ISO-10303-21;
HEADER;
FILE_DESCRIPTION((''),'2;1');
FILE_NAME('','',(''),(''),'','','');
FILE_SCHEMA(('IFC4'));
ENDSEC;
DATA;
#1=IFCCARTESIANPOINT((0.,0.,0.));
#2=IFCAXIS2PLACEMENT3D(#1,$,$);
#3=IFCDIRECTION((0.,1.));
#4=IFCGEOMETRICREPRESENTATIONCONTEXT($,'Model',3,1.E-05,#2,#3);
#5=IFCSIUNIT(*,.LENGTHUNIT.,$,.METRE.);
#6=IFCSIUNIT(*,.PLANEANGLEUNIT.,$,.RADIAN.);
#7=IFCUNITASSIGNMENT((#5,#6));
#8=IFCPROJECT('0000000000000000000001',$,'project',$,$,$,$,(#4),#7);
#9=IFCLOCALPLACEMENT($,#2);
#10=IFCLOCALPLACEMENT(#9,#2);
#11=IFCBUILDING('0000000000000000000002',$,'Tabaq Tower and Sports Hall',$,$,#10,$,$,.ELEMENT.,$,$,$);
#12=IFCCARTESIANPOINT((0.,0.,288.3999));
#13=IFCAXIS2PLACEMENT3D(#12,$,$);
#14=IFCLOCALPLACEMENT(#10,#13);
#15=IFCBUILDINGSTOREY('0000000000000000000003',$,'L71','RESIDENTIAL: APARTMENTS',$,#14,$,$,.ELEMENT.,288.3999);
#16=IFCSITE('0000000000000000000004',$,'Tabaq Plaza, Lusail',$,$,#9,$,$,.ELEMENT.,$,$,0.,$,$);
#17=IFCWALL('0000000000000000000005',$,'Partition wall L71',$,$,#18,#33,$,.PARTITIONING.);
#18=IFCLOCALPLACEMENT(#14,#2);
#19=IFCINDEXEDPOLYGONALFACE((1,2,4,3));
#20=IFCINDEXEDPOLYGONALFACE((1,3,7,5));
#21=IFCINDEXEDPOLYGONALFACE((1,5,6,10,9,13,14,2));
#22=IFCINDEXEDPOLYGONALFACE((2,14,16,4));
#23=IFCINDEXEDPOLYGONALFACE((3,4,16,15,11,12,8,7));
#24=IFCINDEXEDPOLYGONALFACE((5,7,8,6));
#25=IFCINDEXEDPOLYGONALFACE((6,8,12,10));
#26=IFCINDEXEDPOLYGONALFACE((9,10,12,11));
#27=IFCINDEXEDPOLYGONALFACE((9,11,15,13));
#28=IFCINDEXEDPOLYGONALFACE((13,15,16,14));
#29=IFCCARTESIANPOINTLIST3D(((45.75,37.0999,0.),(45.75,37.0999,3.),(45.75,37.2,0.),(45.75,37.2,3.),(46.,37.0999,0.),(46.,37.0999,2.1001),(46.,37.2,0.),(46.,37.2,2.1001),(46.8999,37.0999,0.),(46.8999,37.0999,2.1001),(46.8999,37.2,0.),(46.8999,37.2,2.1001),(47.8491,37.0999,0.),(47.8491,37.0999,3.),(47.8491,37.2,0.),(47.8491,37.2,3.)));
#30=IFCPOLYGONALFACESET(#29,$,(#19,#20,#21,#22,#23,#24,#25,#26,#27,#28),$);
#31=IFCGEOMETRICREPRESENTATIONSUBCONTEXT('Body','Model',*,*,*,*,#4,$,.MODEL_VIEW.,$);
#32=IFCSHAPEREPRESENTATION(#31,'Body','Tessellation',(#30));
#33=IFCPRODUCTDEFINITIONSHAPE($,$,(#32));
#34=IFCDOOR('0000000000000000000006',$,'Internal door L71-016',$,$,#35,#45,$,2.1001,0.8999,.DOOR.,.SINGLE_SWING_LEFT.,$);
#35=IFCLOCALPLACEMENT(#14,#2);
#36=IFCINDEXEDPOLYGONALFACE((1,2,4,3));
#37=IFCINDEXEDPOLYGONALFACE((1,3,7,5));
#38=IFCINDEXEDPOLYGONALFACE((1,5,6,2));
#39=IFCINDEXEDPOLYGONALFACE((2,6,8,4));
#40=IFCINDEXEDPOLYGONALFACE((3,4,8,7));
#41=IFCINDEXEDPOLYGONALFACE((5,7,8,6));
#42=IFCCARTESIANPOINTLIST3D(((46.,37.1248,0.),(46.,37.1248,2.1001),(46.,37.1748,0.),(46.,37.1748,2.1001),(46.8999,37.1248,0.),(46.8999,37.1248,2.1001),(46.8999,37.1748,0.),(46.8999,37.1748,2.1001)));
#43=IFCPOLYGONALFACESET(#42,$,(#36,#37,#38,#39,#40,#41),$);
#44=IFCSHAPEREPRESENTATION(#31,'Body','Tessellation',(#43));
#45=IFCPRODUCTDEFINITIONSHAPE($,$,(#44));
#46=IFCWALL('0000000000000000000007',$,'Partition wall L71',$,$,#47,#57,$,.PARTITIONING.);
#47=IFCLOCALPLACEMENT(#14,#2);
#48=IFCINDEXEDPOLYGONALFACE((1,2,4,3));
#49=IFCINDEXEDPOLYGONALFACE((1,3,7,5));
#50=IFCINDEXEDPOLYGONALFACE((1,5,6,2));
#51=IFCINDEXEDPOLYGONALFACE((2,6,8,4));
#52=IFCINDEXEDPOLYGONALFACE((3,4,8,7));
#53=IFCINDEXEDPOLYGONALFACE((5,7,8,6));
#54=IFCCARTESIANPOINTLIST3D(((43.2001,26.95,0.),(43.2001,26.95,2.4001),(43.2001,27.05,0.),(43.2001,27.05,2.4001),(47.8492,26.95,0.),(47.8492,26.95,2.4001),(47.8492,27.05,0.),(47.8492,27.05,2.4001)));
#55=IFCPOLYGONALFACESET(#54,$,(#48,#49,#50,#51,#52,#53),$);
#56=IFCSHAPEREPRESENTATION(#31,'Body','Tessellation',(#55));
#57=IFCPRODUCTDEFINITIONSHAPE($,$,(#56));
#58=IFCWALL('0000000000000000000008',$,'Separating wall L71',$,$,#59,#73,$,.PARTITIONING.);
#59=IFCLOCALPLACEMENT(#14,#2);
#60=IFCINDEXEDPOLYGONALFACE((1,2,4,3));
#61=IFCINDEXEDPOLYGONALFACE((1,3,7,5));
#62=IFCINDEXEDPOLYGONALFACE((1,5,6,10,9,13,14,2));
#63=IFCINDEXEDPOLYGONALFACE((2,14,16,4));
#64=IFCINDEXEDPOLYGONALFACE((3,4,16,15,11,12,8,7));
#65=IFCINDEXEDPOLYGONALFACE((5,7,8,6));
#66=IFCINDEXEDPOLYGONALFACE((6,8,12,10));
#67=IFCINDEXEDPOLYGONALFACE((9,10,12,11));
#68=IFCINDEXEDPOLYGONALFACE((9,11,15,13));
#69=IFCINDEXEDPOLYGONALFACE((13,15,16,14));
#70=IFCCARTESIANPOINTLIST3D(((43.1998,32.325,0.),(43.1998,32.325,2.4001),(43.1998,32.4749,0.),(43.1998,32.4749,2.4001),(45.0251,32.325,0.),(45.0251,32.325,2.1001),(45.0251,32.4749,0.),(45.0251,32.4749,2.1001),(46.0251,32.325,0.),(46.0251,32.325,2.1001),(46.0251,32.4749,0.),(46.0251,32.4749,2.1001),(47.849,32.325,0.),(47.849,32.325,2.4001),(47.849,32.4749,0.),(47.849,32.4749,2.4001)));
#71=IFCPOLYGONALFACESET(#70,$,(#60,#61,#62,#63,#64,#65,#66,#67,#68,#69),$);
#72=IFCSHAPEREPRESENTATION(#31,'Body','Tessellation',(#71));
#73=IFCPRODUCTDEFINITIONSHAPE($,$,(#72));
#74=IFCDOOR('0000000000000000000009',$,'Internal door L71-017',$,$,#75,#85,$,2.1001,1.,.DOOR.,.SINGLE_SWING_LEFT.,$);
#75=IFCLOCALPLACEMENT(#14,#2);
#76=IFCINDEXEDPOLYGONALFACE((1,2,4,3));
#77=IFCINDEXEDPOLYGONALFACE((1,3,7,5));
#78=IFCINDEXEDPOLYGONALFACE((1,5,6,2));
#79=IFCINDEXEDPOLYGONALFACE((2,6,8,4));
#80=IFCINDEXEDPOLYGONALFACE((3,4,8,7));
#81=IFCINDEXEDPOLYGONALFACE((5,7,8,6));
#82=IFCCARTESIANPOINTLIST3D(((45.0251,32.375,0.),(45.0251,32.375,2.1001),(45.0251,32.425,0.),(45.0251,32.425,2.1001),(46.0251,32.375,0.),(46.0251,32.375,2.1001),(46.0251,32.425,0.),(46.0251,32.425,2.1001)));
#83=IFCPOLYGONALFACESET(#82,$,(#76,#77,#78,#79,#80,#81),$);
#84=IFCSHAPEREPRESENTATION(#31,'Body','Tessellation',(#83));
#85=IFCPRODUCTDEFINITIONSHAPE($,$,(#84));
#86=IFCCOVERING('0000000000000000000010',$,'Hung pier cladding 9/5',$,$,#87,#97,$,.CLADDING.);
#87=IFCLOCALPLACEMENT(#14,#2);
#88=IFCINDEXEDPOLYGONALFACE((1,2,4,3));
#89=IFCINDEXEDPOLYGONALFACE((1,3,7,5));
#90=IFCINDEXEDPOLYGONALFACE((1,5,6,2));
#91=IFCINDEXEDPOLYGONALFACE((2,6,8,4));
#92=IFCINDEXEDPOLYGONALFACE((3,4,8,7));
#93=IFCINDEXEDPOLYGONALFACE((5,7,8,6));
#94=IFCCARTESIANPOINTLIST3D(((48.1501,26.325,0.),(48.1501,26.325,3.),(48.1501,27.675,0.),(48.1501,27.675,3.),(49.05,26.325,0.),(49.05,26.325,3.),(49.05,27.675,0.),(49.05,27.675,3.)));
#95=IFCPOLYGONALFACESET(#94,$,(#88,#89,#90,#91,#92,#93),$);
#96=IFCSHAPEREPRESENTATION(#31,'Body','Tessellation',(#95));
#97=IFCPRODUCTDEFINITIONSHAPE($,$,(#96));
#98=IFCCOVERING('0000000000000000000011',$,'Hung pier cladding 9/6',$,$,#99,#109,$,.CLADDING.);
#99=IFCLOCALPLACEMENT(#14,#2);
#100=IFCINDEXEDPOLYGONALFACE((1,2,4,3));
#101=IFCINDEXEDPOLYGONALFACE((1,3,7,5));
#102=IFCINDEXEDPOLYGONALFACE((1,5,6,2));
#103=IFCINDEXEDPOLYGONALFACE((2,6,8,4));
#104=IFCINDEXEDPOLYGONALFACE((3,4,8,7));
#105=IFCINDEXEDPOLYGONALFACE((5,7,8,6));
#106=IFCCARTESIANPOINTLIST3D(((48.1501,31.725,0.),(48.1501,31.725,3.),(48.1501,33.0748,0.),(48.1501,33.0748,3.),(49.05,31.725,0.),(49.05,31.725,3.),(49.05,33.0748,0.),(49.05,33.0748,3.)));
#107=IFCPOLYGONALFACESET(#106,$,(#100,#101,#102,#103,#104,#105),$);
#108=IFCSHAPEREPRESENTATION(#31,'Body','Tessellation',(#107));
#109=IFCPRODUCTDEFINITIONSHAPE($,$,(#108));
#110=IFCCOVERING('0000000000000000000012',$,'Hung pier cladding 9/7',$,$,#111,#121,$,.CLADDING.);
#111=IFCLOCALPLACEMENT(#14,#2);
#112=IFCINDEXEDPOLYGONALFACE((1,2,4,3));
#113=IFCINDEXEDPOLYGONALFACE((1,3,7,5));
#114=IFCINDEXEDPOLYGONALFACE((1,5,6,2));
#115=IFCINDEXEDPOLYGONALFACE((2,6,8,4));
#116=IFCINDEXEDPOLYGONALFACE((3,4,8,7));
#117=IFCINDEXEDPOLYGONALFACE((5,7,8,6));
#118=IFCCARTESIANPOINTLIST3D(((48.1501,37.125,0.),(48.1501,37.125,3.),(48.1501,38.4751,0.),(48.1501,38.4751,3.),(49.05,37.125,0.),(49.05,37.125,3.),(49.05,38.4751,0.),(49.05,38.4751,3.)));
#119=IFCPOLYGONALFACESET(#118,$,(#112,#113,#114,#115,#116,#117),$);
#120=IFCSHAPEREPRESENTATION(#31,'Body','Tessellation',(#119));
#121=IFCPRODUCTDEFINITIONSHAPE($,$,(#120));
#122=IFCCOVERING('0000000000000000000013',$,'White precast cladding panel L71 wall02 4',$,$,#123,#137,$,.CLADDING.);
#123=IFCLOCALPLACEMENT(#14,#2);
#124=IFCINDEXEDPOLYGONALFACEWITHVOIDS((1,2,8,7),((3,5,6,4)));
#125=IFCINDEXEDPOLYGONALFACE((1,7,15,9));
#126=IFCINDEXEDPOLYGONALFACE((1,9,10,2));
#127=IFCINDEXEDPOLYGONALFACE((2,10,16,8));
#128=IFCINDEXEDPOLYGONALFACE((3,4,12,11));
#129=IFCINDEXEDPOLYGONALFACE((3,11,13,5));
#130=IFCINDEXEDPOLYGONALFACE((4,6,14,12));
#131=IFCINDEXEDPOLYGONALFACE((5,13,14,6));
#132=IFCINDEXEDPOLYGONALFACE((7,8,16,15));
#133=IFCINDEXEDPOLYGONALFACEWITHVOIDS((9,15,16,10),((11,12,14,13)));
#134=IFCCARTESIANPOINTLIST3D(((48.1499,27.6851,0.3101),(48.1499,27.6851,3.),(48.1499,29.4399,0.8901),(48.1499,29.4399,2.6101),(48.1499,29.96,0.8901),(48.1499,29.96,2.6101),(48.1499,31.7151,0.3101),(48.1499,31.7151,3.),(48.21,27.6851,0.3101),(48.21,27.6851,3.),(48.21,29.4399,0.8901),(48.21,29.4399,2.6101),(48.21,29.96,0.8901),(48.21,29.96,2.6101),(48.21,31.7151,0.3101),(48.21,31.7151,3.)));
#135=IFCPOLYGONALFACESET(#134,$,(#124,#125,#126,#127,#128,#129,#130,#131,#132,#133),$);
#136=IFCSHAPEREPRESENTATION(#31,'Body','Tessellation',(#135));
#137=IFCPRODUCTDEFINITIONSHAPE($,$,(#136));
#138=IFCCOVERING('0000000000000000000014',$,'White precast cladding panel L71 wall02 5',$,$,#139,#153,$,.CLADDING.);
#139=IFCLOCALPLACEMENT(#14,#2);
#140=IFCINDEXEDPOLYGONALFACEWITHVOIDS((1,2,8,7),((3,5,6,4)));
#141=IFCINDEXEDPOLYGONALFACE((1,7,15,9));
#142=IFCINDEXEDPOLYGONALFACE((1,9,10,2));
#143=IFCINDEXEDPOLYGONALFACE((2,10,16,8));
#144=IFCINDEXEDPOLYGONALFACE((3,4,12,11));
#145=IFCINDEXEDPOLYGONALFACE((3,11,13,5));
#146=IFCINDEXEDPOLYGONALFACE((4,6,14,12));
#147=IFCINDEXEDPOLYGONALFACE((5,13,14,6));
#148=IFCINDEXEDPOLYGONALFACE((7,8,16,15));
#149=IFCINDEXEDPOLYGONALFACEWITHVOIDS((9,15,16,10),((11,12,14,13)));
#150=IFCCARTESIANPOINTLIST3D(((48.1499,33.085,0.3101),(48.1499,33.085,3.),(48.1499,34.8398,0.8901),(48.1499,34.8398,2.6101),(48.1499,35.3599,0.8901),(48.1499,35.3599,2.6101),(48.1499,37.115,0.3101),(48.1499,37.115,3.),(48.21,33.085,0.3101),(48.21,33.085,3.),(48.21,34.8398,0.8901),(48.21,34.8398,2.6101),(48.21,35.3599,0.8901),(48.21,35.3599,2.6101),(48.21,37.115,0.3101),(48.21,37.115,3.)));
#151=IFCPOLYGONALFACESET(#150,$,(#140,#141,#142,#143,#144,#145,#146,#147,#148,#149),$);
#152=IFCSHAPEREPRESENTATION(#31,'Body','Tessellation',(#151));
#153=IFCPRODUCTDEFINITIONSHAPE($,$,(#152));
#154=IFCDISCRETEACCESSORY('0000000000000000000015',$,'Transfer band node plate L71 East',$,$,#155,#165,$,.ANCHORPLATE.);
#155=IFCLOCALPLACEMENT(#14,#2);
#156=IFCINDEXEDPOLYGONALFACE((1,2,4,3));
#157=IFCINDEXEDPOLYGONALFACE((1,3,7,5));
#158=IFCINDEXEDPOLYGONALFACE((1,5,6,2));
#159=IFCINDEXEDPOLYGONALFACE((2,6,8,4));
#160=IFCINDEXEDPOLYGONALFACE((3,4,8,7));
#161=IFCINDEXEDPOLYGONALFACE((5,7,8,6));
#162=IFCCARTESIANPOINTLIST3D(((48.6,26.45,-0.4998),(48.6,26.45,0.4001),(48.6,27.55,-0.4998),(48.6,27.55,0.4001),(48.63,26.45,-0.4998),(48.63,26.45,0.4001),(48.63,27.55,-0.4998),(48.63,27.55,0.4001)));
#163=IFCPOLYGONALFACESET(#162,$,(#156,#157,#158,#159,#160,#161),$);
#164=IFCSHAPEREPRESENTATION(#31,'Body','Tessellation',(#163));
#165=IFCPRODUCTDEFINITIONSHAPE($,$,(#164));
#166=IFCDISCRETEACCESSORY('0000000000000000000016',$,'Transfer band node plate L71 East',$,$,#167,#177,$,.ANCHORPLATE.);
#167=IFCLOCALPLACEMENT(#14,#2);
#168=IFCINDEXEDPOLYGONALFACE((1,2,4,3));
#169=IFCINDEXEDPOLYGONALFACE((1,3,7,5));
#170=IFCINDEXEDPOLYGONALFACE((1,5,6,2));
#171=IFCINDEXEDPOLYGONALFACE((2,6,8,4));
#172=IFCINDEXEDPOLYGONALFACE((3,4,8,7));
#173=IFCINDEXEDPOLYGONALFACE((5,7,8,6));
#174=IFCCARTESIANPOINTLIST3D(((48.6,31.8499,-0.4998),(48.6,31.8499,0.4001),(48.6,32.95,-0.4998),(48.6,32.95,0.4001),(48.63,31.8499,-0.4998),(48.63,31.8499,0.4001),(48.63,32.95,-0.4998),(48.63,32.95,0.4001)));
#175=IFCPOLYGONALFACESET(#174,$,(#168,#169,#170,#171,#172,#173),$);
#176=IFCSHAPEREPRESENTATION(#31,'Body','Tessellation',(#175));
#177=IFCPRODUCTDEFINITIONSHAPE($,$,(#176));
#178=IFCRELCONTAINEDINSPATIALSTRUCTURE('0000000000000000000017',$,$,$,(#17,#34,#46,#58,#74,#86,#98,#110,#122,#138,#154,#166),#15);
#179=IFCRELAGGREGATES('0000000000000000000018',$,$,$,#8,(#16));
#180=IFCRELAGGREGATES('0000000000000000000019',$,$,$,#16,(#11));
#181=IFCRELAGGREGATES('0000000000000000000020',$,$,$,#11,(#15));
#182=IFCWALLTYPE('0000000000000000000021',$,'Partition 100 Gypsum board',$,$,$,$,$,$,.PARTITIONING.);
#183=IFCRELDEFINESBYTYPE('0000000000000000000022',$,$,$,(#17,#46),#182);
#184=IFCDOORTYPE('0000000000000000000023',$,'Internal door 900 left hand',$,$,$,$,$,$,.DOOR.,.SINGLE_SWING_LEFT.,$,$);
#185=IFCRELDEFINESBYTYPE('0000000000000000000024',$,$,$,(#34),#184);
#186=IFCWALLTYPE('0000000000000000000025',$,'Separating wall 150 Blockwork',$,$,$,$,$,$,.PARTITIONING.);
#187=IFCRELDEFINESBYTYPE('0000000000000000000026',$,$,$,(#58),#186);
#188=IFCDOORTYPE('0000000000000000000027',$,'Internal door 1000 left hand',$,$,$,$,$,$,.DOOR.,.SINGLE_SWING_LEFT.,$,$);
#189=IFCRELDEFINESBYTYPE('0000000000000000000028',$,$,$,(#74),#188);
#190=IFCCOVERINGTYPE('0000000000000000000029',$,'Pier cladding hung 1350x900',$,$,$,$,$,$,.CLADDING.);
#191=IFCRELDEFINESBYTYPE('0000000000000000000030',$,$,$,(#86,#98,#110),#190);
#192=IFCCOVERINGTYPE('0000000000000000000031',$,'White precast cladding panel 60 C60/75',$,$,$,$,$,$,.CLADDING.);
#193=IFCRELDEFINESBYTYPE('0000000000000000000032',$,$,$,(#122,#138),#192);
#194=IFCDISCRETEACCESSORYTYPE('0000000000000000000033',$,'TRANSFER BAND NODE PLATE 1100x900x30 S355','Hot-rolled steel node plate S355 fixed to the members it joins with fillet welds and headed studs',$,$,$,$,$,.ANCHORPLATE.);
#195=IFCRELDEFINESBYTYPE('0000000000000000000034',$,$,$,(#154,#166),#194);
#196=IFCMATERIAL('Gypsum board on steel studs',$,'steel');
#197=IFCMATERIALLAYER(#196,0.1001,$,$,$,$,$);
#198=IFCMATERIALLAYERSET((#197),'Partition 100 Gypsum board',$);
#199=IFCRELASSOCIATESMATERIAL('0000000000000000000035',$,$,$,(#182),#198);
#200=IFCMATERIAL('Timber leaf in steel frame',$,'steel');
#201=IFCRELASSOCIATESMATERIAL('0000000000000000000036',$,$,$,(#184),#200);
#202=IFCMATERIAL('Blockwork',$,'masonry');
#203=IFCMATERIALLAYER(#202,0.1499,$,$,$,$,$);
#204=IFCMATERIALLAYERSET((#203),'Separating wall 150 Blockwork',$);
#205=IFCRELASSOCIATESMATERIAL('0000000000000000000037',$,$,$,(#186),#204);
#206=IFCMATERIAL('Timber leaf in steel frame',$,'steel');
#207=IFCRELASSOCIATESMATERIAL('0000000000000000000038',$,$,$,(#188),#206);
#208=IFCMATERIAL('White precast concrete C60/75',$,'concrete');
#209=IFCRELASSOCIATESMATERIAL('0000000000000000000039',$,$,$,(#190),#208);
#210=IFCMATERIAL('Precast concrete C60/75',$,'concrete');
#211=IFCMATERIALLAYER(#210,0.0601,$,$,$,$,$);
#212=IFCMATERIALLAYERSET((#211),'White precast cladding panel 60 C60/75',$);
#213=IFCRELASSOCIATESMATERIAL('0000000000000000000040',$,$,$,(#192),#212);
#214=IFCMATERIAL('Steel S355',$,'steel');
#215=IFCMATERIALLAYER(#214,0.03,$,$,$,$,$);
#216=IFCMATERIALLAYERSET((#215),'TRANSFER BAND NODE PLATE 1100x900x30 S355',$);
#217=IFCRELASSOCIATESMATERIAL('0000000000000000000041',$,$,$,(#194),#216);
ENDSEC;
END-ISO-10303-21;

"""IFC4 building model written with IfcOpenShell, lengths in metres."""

from ifc_helpers import new_model, si_unit, direction, frame, frame_2d, origin, origin_2d, place, context, subcontext, project, spatial, polyline, rectangle, outline, extrude, material, layer, layer_set, type_object, element, fill, save


model = new_model("IFC4")

# Units and contexts
model_context = context("Model", 3, precision=1e-05, world=origin(), true_north=direction((0.0, 1.0)))
body_context = subcontext(model_context, "Body", "Model", "MODEL_VIEW")
ifc_project = project(units=[si_unit("LENGTHUNIT", "METRE"), si_unit("PLANEANGLEUNIT", "RADIAN")], contexts=[model_context])

# Site, building, storey
site_placement = place(None, origin())
site = spatial("IfcSite", under=ifc_project, at=site_placement, Name="Tabaq Plaza, Lusail", CompositionType="ELEMENT", RefElevation=0.0)
building_placement = place(site_placement, origin())
building = spatial("IfcBuilding", under=site, at=building_placement, Name="Tabaq Tower and Sports Hall", CompositionType="ELEMENT")
storey_placement = place(building_placement, frame((0.0, 0.0, 288.3999)))
storey = spatial("IfcBuildingStorey", under=building, at=storey_placement, Name="L71", Description="RESIDENTIAL: APARTMENTS", CompositionType="ELEMENT", Elevation=288.3999)

# Shared definitions
ifc_material_1 = material(Name="Gypsum board on steel studs", Category="steel")
ifc_layer_1 = layer(ifc_material_1, 0.1001)
ifc_layer_set_1 = layer_set([ifc_layer_1], Name="Partition 100 Gypsum board")
wall_type_1 = type_object("IfcWallType", Name="Partition 100 Gypsum board", PredefinedType="PARTITIONING", material=ifc_layer_set_1)
ifc_material_2 = material(Name="Timber leaf in steel frame", Category="steel")
door_type_1 = type_object("IfcDoorType", Name="Internal door 900 left hand", OperationType="SINGLE_SWING_LEFT", PredefinedType="DOOR", material=ifc_material_2)

# Wall, opening, door
wall_1_placement = place(storey_placement, frame((45.75, 37.1499, 0.0), z_axis=(0.0, 0.0, 1.0), x_axis=(1.0, 0.0, 0.0)))
wall_1 = element("IfcWall", 1, at=wall_1_placement, inside=storey, type_object=wall_type_1, Name="Partition wall L71", PredefinedType="PARTITIONING", context=body_context, shape_type="SweptSolid", body=[
    extrude(rectangle(XDim=2.0991, YDim=0.1001, at=frame_2d((1.0496, 0.0))), origin(), (0.0, 0.0, 1.0), 3.0),
])
opening_1_placement = place(wall_1_placement, frame((0.25, 0.0, 0.0)))
opening_1 = element("IfcOpeningElement", 2, at=opening_1_placement, cuts=wall_1, PredefinedType="OPENING", context=body_context, shape_type="SweptSolid", body=[
    extrude(rectangle(XDim=0.8999, YDim=2.1001, at=frame_2d((0.45, 1.05))), frame((0.0, 0.05, 0.0), z_axis=(0.0, -1.0, 0.0), x_axis=(1.0, 0.0, 0.0)), (0.0, 0.0, 1.0), 0.1001),
])
door_1_placement = place(opening_1_placement, origin())
door_1 = element("IfcDoor", 3, at=door_1_placement, inside=storey, type_object=door_type_1, Name="Internal door L71-016", OperationType="SINGLE_SWING_LEFT", OverallHeight=2.1001, OverallWidth=0.8999, PredefinedType="DOOR", context=body_context, shape_type="SweptSolid", body=[
    extrude(rectangle(XDim=0.8999, YDim=2.1001, at=frame_2d((0.45, 1.05))), frame((0.0, 0.0249, 0.0), z_axis=(0.0, -1.0, 0.0), x_axis=(1.0, 0.0, 0.0)), (0.0, 0.0, 1.0), 0.05),
])
fill(opening_1, door_1)

# Wall
wall_2_placement = place(storey_placement, frame((43.2, 27.0, 0.0), z_axis=(0.0, 0.0, 1.0), x_axis=(1.0, 0.0, 0.0)))
element("IfcWall", 4, at=wall_2_placement, inside=storey, type_object=wall_type_1, Name="Partition wall L71", PredefinedType="PARTITIONING", context=body_context, shape_type="SweptSolid", body=[
    extrude(rectangle(XDim=4.6492, YDim=0.1001, at=frame_2d((2.3247, 0.0))), origin(), (0.0, 0.0, 1.0), 2.4001),
])

# Wall, opening, door
ifc_material_3 = material(Name="Blockwork", Category="masonry")
ifc_layer_2 = layer(ifc_material_3, 0.1499)
ifc_layer_set_2 = layer_set([ifc_layer_2], Name="Separating wall 150 Blockwork")
wall_type_2 = type_object("IfcWallType", Name="Separating wall 150 Blockwork", PredefinedType="PARTITIONING", material=ifc_layer_set_2)
wall_3_placement = place(storey_placement, frame((47.8491, 32.3999, 0.0), z_axis=(0.0, 0.0, 1.0), x_axis=(-1.0, 0.0, 0.0)))
wall_3 = element("IfcWall", 5, at=wall_3_placement, inside=storey, type_object=wall_type_2, Name="Separating wall L71", PredefinedType="PARTITIONING", context=body_context, shape_type="SweptSolid", body=[
    extrude(rectangle(XDim=4.6492, YDim=0.1499, at=frame_2d((2.3247, 0.0))), origin(), (0.0, 0.0, 1.0), 2.4001),
])
opening_2_placement = place(wall_3_placement, frame((1.824, 0.0, 0.0)))
opening_2 = element("IfcOpeningElement", 6, at=opening_2_placement, cuts=wall_3, PredefinedType="OPENING", context=body_context, shape_type="SweptSolid", body=[
    extrude(rectangle(XDim=1.0, YDim=2.1001, at=frame_2d((0.5, 1.05))), frame((0.0, 0.075, 0.0), z_axis=(0.0, -1.0, 0.0), x_axis=(1.0, 0.0, 0.0)), (0.0, 0.0, 1.0), 0.1499),
])
ifc_material_4 = material(Name="Timber leaf in steel frame", Category="steel")
door_type_2 = type_object("IfcDoorType", Name="Internal door 1000 left hand", OperationType="SINGLE_SWING_LEFT", PredefinedType="DOOR", material=ifc_material_4)
door_2_placement = place(opening_2_placement, origin())
door_2 = element("IfcDoor", 7, at=door_2_placement, inside=storey, type_object=door_type_2, Name="Internal door L71-017", OperationType="SINGLE_SWING_LEFT", OverallHeight=2.1001, OverallWidth=1.0, PredefinedType="DOOR", context=body_context, shape_type="SweptSolid", body=[
    extrude(rectangle(XDim=1.0, YDim=2.1001, at=frame_2d((0.5, 1.05))), frame((0.0, 0.0249, 0.0), z_axis=(0.0, -1.0, 0.0), x_axis=(1.0, 0.0, 0.0)), (0.0, 0.0, 1.0), 0.05),
])
fill(opening_2, door_2)

# Coverings
ifc_material_5 = material(Name="White precast concrete C60/75", Category="concrete")
covering_type_1 = type_object("IfcCoveringType", Name="Pier cladding hung 1350x900", PredefinedType="CLADDING", material=ifc_material_5)
covering_1_placement = place(storey_placement, frame((48.6001, 26.325, 0.0), z_axis=(0.0, 0.0, 1.0), x_axis=(0.0, 1.0, 0.0)))
element("IfcCovering", 8, at=covering_1_placement, inside=storey, type_object=covering_type_1, Name="Hung pier cladding 9/5", PredefinedType="CLADDING", context=body_context, shape_type="SweptSolid", body=[
    extrude(rectangle(XDim=1.3501, YDim=0.8999, at=frame_2d((0.675, 0.0))), origin(), (0.0, 0.0, 1.0), 3.0),
])
covering_2_placement = place(storey_placement, frame((48.6001, 31.7251, 0.0), z_axis=(0.0, 0.0, 1.0), x_axis=(0.0, 1.0, 0.0)))
element("IfcCovering", 9, at=covering_2_placement, inside=storey, type_object=covering_type_1, Name="Hung pier cladding 9/6", PredefinedType="CLADDING", context=body_context, shape_type="SweptSolid", body=[
    extrude(rectangle(XDim=1.3499, YDim=0.8999, at=frame_2d((0.6748, 0.0))), origin(), (0.0, 0.0, 1.0), 3.0),
])
covering_3_placement = place(storey_placement, frame((48.6001, 37.125, 0.0), z_axis=(0.0, 0.0, 1.0), x_axis=(0.0, 1.0, 0.0)))
element("IfcCovering", 10, at=covering_3_placement, inside=storey, type_object=covering_type_1, Name="Hung pier cladding 9/7", PredefinedType="CLADDING", context=body_context, shape_type="SweptSolid", body=[
    extrude(rectangle(XDim=1.3501, YDim=0.8999, at=frame_2d((0.675, 0.0))), origin(), (0.0, 0.0, 1.0), 3.0),
])
ifc_material_6 = material(Name="Precast concrete C60/75", Category="concrete")
ifc_layer_3 = layer(ifc_material_6, 0.0601)
ifc_layer_set_3 = layer_set([ifc_layer_3], Name="White precast cladding panel 60 C60/75")
covering_type_2 = type_object("IfcCoveringType", Name="White precast cladding panel 60 C60/75", PredefinedType="CLADDING", material=ifc_layer_set_3)
for number, where, z_axis, x_axis, name in (
    (11, (48.1799, 27.6851, 0.3101), (0.0, 0.0, 1.0), (0.0, 1.0, 0.0), "White precast cladding panel L71 wall02 4"),
    (12, (48.1799, 33.085, 0.3101), (0.0, 0.0, 1.0), (0.0, 1.0, 0.0), "White precast cladding panel L71 wall02 5"),
):
    element("IfcCovering", number, at=place(storey_placement, frame(where, z_axis=z_axis, x_axis=x_axis)), inside=storey, type_object=covering_type_2, Name=name, PredefinedType="CLADDING", context=body_context, shape_type="SweptSolid", body=[
        extrude(outline(polyline([(0.0, 0.0), (4.03, 0.0), (4.03, 2.6899), (0.0, 2.6899), (0.0, 0.0)]), holes=[polyline([(1.7549, 0.5801), (1.7549, 2.3), (2.2749, 2.3), (2.2749, 0.5801), (1.7549, 0.5801)])]), frame((0.0, 0.03, 0.0), z_axis=(0.0, -1.0, 0.0), x_axis=(1.0, 0.0, 0.0)), (0.0, 0.0, 1.0), 0.0601),
    ])

# Discrete accessories
ifc_material_7 = material(Name="Steel S355", Category="steel")
ifc_layer_4 = layer(ifc_material_7, 0.03)
ifc_layer_set_4 = layer_set([ifc_layer_4], Name="TRANSFER BAND NODE PLATE 1100x900x30 S355")
discrete_accessory_type_1 = type_object("IfcDiscreteAccessoryType", Name="TRANSFER BAND NODE PLATE 1100x900x30 S355", Description="Hot-rolled steel node plate S355 fixed to the members it joins with fillet welds and headed studs", PredefinedType="ANCHORPLATE", material=ifc_layer_set_4)
for number, where, z_axis, x_axis, name in (
    (13, (48.615, 27.0, -0.4998), (0.0, 0.0, 1.0), (0.0, 1.0, 0.0), "Transfer band node plate L71 East"),
    (14, (48.615, 32.3999, -0.4998), (0.0, 0.0, 1.0), (0.0, 1.0, 0.0), "Transfer band node plate L71 East"),
):
    element("IfcDiscreteAccessory", number, at=place(storey_placement, frame(where, z_axis=z_axis, x_axis=x_axis)), inside=storey, type_object=discrete_accessory_type_1, Name=name, PredefinedType="ANCHORPLATE", context=body_context, shape_type="SweptSolid", body=[
        extrude(rectangle(XDim=1.1001, YDim=0.03, at=origin_2d()), origin(), (0.0, 0.0, 1.0), 0.8999),
    ])

save(model, "model.ifc")
